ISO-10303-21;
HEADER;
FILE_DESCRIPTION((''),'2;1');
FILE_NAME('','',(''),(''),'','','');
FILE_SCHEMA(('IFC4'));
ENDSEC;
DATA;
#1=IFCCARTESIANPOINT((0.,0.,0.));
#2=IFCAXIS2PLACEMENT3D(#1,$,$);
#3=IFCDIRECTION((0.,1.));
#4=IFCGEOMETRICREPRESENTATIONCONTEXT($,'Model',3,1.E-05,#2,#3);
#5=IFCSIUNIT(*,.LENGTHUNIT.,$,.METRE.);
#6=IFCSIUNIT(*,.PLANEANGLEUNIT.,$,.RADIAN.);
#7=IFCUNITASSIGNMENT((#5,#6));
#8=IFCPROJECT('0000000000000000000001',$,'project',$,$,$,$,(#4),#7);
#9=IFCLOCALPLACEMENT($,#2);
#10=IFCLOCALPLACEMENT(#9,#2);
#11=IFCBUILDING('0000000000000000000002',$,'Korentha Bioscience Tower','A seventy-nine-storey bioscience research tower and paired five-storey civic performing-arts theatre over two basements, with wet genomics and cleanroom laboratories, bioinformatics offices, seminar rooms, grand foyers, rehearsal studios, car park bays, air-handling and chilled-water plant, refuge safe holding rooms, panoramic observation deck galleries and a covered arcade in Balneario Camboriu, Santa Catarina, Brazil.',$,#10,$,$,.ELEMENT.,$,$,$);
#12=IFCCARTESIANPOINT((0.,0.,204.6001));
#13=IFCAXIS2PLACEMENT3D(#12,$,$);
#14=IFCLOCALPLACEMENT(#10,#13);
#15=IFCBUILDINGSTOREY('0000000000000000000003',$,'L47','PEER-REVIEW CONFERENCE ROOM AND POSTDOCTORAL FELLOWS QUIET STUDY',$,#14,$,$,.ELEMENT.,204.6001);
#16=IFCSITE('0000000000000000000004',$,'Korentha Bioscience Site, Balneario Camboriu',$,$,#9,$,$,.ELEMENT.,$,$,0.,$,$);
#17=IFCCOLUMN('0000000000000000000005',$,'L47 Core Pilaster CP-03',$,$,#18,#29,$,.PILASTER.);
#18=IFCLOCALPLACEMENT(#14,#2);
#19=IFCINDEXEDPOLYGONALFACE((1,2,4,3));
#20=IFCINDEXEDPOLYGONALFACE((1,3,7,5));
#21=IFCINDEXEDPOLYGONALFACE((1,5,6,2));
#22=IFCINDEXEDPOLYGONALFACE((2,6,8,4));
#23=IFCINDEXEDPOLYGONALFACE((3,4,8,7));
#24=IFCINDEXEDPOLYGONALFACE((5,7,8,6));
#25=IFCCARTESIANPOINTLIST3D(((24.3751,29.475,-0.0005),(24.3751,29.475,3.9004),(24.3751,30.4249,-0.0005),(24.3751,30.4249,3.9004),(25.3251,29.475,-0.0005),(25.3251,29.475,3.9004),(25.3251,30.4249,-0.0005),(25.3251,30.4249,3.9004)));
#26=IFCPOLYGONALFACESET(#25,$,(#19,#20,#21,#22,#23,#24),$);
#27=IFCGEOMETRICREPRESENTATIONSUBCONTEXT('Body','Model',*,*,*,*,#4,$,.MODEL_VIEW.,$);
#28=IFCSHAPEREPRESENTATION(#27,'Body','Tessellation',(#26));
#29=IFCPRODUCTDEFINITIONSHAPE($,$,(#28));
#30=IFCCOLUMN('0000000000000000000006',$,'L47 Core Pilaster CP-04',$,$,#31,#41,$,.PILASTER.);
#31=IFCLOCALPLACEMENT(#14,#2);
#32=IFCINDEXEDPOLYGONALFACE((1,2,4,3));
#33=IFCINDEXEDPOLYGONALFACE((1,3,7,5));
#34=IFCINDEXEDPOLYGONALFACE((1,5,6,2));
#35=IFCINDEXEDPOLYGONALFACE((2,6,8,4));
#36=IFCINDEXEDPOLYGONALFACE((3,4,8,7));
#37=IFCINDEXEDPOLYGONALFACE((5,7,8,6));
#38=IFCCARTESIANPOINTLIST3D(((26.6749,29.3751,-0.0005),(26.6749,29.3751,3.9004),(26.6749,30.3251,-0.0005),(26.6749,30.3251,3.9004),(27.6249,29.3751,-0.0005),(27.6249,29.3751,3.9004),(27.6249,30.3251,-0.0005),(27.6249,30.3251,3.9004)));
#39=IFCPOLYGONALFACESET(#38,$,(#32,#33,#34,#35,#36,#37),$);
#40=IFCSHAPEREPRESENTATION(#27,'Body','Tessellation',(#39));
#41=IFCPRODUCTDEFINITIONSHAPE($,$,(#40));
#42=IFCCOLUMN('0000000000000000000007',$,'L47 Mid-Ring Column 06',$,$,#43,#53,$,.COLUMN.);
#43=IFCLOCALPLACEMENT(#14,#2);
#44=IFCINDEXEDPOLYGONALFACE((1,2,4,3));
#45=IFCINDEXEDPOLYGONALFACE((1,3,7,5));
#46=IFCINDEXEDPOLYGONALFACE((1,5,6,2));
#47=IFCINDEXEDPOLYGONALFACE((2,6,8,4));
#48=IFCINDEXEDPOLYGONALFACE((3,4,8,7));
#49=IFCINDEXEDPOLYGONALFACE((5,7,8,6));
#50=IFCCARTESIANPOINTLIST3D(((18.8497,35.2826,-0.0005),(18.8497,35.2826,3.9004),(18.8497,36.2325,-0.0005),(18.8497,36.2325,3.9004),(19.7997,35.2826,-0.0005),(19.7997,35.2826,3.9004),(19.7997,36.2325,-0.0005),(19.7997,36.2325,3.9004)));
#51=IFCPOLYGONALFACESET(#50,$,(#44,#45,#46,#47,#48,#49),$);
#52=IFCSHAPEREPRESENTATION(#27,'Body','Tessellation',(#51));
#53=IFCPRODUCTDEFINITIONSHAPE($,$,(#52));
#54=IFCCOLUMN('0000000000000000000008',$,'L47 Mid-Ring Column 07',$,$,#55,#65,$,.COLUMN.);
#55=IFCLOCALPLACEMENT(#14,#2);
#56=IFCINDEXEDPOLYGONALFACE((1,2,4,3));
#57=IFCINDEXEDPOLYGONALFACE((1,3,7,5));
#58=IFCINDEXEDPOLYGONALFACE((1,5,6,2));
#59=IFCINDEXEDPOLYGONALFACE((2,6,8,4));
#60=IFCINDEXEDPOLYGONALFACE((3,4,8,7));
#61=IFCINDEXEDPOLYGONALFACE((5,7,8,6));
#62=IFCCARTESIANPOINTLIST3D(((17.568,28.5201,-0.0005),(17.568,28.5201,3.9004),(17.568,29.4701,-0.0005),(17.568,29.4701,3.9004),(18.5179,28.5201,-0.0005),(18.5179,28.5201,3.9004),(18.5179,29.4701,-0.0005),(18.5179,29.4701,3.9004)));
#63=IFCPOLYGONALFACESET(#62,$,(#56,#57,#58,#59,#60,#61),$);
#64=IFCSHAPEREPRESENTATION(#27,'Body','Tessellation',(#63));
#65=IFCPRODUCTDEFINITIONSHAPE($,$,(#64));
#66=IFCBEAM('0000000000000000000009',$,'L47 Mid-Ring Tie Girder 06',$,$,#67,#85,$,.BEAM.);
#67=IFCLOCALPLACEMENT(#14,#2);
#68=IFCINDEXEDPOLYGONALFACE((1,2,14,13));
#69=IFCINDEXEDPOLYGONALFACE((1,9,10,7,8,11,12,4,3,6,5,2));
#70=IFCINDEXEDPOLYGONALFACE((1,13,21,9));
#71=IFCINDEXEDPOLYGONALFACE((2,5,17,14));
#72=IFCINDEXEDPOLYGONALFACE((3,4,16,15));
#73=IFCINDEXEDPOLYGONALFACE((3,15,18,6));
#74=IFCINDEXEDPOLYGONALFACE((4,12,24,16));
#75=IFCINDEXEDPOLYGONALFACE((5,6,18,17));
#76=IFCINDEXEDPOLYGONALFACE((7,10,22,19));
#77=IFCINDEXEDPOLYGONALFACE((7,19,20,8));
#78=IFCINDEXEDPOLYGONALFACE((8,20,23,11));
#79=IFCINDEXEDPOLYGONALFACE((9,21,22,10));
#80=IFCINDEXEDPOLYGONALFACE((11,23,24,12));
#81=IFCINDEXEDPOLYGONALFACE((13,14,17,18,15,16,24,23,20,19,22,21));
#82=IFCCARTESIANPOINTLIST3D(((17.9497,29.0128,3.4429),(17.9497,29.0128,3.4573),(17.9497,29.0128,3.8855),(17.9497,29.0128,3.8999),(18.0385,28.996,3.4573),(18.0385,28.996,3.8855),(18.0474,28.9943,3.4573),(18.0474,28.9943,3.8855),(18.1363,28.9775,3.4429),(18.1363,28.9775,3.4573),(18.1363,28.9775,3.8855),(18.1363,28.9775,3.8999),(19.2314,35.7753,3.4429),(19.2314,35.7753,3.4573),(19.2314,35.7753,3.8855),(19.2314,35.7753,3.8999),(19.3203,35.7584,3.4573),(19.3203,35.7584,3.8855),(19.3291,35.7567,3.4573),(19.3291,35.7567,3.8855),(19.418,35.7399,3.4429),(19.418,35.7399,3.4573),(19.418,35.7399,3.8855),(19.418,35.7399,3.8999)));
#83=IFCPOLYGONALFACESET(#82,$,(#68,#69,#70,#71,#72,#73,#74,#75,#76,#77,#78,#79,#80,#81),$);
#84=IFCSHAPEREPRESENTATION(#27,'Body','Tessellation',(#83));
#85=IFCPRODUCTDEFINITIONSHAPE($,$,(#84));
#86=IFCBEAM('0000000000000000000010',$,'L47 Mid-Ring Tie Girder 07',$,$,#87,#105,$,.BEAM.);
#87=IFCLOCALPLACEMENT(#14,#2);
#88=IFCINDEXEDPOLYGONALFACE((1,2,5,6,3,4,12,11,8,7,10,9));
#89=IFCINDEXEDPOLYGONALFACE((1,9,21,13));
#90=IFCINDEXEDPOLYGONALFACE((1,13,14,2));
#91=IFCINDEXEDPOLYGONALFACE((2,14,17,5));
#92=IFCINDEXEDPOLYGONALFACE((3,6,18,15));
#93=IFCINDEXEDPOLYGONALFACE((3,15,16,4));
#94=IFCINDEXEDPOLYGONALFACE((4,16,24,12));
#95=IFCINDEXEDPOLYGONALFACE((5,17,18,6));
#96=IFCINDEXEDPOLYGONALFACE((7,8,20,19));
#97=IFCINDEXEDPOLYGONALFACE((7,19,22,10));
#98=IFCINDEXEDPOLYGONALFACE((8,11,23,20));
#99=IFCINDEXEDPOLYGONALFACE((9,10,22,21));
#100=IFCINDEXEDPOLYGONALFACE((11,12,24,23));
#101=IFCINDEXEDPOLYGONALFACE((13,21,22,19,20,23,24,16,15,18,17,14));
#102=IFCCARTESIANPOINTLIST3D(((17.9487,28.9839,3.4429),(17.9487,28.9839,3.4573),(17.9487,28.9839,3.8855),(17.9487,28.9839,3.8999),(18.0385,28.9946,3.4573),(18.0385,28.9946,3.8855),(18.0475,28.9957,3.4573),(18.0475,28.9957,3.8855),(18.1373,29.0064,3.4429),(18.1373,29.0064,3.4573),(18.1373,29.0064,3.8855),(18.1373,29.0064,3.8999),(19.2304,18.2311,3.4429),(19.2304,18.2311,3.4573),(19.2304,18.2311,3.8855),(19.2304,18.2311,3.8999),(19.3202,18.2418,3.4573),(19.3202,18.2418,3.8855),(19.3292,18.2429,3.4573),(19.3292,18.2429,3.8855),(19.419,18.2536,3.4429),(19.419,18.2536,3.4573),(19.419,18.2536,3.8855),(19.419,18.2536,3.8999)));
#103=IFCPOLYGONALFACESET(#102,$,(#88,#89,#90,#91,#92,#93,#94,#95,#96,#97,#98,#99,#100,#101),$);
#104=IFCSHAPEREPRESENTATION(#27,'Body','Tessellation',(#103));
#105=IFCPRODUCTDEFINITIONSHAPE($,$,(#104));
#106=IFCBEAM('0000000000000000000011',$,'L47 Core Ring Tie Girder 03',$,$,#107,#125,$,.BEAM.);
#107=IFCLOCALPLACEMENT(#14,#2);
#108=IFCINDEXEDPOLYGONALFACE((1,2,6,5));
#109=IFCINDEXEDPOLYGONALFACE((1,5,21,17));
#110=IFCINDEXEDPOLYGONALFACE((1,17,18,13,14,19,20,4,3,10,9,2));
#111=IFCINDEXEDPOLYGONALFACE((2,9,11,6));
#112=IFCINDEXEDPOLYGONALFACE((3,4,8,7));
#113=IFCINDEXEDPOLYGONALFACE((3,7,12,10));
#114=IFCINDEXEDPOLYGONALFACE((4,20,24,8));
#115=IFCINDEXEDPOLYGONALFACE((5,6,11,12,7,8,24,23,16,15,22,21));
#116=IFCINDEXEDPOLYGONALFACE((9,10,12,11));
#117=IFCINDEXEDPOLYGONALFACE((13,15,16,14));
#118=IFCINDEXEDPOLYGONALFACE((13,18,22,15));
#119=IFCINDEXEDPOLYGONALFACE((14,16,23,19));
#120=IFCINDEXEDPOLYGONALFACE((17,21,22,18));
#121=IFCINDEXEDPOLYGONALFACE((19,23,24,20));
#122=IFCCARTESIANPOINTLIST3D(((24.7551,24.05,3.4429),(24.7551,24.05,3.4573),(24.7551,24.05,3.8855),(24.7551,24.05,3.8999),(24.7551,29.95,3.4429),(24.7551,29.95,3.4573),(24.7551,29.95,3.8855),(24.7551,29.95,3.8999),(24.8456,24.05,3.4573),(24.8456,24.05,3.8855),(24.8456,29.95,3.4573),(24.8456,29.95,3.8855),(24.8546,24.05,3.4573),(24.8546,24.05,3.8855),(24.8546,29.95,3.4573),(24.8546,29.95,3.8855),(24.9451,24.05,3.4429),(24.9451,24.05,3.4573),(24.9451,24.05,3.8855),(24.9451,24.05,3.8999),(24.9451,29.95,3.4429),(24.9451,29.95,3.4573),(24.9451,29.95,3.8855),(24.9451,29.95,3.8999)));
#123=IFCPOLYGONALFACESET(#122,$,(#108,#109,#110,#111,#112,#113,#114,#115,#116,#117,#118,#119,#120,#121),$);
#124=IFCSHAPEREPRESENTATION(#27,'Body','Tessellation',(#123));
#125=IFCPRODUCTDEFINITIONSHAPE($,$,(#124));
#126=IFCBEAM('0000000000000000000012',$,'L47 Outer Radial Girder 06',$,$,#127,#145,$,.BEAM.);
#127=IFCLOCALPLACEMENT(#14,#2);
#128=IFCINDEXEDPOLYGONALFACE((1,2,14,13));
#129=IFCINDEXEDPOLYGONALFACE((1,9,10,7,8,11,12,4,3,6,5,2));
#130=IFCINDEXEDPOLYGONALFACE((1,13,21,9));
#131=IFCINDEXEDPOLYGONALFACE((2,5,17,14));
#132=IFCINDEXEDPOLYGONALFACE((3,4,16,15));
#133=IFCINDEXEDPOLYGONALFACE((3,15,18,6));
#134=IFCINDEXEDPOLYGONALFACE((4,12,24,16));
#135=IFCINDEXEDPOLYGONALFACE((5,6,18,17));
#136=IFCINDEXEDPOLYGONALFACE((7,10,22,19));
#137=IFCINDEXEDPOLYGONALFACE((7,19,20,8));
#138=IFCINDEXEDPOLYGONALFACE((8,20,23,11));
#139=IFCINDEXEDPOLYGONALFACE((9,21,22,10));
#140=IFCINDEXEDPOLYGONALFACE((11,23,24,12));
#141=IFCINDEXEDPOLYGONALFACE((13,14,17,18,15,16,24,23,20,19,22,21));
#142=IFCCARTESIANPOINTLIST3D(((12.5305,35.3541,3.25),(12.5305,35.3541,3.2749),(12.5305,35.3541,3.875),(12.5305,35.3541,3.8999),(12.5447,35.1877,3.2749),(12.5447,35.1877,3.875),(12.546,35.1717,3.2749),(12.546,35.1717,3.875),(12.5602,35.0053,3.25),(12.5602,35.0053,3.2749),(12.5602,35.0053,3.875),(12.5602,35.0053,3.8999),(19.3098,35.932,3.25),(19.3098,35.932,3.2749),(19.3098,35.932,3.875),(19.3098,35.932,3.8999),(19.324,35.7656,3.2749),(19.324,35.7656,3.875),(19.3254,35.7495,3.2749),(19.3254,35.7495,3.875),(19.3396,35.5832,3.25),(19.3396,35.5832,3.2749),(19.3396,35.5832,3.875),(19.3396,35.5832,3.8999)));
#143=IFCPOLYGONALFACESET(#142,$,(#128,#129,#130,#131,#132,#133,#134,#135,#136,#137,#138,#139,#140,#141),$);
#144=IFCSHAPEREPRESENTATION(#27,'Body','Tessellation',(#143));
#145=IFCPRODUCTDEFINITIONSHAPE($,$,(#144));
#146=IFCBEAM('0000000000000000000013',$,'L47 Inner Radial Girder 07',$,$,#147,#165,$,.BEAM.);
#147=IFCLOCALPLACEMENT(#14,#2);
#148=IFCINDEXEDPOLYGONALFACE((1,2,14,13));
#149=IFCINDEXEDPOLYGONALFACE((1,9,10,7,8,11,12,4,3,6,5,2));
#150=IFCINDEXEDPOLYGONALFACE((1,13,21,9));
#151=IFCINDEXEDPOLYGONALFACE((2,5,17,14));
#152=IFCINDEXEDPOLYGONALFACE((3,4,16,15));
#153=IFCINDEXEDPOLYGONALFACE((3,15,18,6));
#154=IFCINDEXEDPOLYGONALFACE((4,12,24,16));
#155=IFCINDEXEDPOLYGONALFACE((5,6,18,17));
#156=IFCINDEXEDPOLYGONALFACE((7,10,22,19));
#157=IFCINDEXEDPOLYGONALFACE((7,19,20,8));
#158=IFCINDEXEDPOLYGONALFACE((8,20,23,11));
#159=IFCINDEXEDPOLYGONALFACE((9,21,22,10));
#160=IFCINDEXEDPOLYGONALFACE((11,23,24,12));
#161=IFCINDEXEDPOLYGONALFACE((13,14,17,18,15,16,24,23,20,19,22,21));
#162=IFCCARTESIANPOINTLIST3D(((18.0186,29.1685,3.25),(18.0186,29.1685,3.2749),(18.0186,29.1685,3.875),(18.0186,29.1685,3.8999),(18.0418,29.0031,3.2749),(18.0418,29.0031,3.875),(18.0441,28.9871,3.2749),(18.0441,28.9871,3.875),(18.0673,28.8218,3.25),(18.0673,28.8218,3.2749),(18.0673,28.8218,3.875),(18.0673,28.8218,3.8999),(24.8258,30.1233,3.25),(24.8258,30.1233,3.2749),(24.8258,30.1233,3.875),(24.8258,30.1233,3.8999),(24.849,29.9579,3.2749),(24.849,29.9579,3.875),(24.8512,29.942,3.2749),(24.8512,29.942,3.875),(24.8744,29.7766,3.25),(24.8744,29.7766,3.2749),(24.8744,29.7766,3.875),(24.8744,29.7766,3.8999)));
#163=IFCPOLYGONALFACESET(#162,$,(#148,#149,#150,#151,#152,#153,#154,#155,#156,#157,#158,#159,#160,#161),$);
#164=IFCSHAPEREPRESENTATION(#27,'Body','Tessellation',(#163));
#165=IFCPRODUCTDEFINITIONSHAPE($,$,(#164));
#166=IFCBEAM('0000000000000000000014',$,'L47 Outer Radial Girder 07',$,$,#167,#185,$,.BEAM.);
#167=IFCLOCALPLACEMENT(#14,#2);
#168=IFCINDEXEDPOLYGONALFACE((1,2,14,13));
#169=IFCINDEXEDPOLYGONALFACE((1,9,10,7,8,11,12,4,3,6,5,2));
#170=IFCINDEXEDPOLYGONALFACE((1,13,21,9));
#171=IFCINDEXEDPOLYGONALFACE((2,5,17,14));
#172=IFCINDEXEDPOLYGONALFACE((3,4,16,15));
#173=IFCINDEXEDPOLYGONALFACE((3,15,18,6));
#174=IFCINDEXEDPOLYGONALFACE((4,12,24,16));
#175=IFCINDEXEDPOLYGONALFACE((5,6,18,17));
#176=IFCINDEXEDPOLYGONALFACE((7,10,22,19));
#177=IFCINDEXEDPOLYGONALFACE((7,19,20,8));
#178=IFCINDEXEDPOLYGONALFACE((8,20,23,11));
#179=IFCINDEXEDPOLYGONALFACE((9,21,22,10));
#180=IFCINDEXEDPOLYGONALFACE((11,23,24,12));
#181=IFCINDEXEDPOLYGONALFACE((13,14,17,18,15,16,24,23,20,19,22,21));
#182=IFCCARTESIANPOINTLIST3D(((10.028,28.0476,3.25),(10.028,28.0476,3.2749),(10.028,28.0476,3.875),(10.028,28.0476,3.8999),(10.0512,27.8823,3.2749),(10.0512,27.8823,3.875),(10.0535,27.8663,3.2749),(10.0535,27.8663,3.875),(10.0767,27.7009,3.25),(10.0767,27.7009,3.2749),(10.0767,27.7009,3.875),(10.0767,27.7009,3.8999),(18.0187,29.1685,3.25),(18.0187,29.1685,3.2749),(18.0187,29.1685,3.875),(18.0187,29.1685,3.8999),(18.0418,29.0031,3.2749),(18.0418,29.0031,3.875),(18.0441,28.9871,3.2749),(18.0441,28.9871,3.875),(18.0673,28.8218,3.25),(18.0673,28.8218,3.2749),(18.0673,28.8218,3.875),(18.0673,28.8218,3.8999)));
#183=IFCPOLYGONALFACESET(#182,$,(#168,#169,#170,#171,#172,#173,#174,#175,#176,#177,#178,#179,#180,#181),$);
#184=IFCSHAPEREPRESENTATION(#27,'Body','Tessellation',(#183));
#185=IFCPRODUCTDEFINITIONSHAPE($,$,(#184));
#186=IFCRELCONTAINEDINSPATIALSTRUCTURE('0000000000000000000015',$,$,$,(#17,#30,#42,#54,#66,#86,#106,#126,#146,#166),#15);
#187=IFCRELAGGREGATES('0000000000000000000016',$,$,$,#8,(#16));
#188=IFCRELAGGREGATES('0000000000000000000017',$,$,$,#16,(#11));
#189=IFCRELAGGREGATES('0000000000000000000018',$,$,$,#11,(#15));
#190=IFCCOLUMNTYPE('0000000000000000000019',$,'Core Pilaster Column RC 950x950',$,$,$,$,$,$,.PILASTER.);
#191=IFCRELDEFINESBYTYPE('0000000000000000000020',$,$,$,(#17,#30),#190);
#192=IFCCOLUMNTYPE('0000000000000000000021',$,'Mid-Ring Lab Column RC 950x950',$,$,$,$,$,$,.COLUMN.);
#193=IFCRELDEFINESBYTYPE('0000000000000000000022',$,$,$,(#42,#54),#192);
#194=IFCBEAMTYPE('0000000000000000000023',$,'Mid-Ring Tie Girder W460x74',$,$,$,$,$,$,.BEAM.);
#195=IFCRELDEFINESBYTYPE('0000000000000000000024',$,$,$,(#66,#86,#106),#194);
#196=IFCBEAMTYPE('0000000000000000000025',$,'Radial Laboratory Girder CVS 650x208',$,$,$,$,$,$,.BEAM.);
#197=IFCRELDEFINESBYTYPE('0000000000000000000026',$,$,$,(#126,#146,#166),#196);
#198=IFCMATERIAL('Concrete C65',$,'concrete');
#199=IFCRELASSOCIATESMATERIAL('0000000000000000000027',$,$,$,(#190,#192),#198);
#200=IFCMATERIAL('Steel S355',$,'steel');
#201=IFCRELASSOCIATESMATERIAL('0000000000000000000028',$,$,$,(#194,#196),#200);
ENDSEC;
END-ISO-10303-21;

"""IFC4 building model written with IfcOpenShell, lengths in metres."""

from ifc_helpers import new_model, si_unit, direction, frame, origin, origin_2d, place, context, subcontext, project, spatial, rectangle, i_section, extrude, material, material_profile, profile_set, type_object, element, save


model = new_model("IFC4")

# Units and contexts
model_context = context("Model", 3, precision=1e-05, world=origin(), true_north=direction((0.0, 1.0)))
body_context = subcontext(model_context, "Body", "Model", "MODEL_VIEW")
ifc_project = project(units=[si_unit("LENGTHUNIT", "METRE"), si_unit("PLANEANGLEUNIT", "RADIAN")], contexts=[model_context])

# Site, building, storey
site_placement = place(None, origin())
site = spatial("IfcSite", under=ifc_project, at=site_placement, Name="Korentha Bioscience Site, Balneario Camboriu", CompositionType="ELEMENT", RefElevation=0.0)
building_placement = place(site_placement, origin())
building = spatial("IfcBuilding", under=site, at=building_placement, Name="Korentha Bioscience Tower", Description="A seventy-nine-storey bioscience research tower and paired five-storey civic performing-arts theatre over two basements, with wet genomics and cleanroom laboratories, bioinformatics offices, seminar rooms, grand foyers, rehearsal studios, car park bays, air-handling and chilled-water plant, refuge safe holding rooms, panoramic observation deck galleries and a covered arcade in Balneario Camboriu, Santa Catarina, Brazil.", CompositionType="ELEMENT")
storey_placement = place(building_placement, frame((0.0, 0.0, 204.6001)))
storey = spatial("IfcBuildingStorey", under=building, at=storey_placement, Name="L47", Description="PEER-REVIEW CONFERENCE ROOM AND POSTDOCTORAL FELLOWS QUIET STUDY", CompositionType="ELEMENT", Elevation=204.6001)

# Columns
ifc_material_1 = material(Name="Concrete C65", Category="concrete")
ifc_material_profile_1 = material_profile(ifc_material_1, rectangle(XDim=0.95, YDim=0.95, at=origin_2d()), Name="Concrete C65")
ifc_profile_set_1 = profile_set([ifc_material_profile_1], Name="Concrete C65 (COL-CP09)")
column_type_1 = type_object("IfcColumnType", Name="Core Pilaster Column RC 950x950", PredefinedType="PILASTER", material=ifc_profile_set_1)
for number, where, z_axis, x_axis, name in (
    (1, (24.8501, 29.95, -0.0005), (0.0, 0.0, 1.0), (1.0, 0.0, 0.0), "L47 Core Pilaster CP-03"),
    (2, (27.1499, 29.8501, -0.0005), (0.0, 0.0, 1.0), (1.0, 0.0, 0.0), "L47 Core Pilaster CP-04"),
):
    element("IfcColumn", number, at=place(storey_placement, frame(where, z_axis=z_axis, x_axis=x_axis)), inside=storey, type_object=column_type_1, Name=name, PredefinedType="PILASTER", context=body_context, shape_type="SweptSolid", body=[
        extrude(rectangle(XDim=0.95, YDim=0.95, at=origin_2d()), origin(), (0.0, 0.0, 1.0), 3.9009),
    ])
ifc_material_profile_2 = material_profile(ifc_material_1, rectangle(XDim=0.95, YDim=0.95, at=origin_2d()), Name="Concrete C65")
ifc_profile_set_2 = profile_set([ifc_material_profile_2], Name="Concrete C65 (COL-MR09)")
column_type_2 = type_object("IfcColumnType", Name="Mid-Ring Lab Column RC 950x950", PredefinedType="COLUMN", material=ifc_profile_set_2)
for number, where, z_axis, x_axis, name in (
    (3, (19.3247, 35.7576, -0.0005), (0.0, 0.0, 1.0), (1.0, 0.0, 0.0), "L47 Mid-Ring Column 06"),
    (4, (18.043, 28.9951, -0.0005), (0.0, 0.0, 1.0), (1.0, 0.0, 0.0), "L47 Mid-Ring Column 07"),
):
    element("IfcColumn", number, at=place(storey_placement, frame(where, z_axis=z_axis, x_axis=x_axis)), inside=storey, type_object=column_type_2, Name=name, PredefinedType="COLUMN", context=body_context, shape_type="SweptSolid", body=[
        extrude(rectangle(XDim=0.95, YDim=0.95, at=origin_2d()), origin(), (0.0, 0.0, 1.0), 3.9009),
    ])

# Beams
ifc_material_2 = material(Name="Steel S355", Category="steel")
ifc_material_profile_3 = material_profile(ifc_material_2, i_section(OverallWidth=0.1899, OverallDepth=0.457, WebThickness=0.009, FlangeThickness=0.0144, at=origin_2d()), Name="Steel S355")
ifc_profile_set_3 = profile_set([ifc_material_profile_3], Name="Steel S355 (MB-460)")
beam_type_1 = type_object("IfcBeamType", Name="Mid-Ring Tie Girder W460x74", PredefinedType="BEAM", material=ifc_profile_set_3)
beam_1_placement = place(storey_placement, frame((19.3247, 35.7576, 3.6714), z_axis=(-0.186222, -0.982508, 0.0), x_axis=(0.982508, -0.186222, 0.0)))
element("IfcBeam", 5, at=beam_1_placement, inside=storey, type_object=beam_type_1, Name="L47 Mid-Ring Tie Girder 06", PredefinedType="BEAM", context=body_context, shape_type="SweptSolid", body=[
    extrude(i_section(OverallWidth=0.1899, OverallDepth=0.457, WebThickness=0.009, FlangeThickness=0.0144, at=origin_2d()), origin(), (0.0, 0.0, 1.0), 6.8828),
])
beam_2_placement = place(storey_placement, frame((18.043, 28.9951, 3.6714), z_axis=(0.118364, -0.99297, 0.0), x_axis=(0.99297, 0.118364, 0.0)))
element("IfcBeam", 6, at=beam_2_placement, inside=storey, type_object=beam_type_1, Name="L47 Mid-Ring Tie Girder 07", PredefinedType="BEAM", context=body_context, shape_type="SweptSolid", body=[
    extrude(i_section(OverallWidth=0.1899, OverallDepth=0.457, WebThickness=0.009, FlangeThickness=0.0144, at=origin_2d()), origin(), (0.0, 0.0, 1.0), 10.8289),
])
beam_3_placement = place(storey_placement, frame((24.8501, 29.95, 3.6714), z_axis=(0.0, -1.0, 0.0), x_axis=(1.0, 0.0, 0.0)))
element("IfcBeam", 7, at=beam_3_placement, inside=storey, type_object=beam_type_1, Name="L47 Core Ring Tie Girder 03", PredefinedType="BEAM", context=body_context, shape_type="SweptSolid", body=[
    extrude(i_section(OverallWidth=0.1899, OverallDepth=0.457, WebThickness=0.009, FlangeThickness=0.0144, at=origin_2d()), origin(), (0.0, 0.0, 1.0), 5.8999),
])
ifc_material_profile_4 = material_profile(ifc_material_2, i_section(OverallWidth=0.3501, OverallDepth=0.6499, WebThickness=0.0161, FlangeThickness=0.0249, at=origin_2d()), Name="Steel S355")
ifc_profile_set_4 = profile_set([ifc_material_profile_4], Name="Steel S355 (RB-650)")
beam_type_2 = type_object("IfcBeamType", Name="Radial Laboratory Girder CVS 650x208", PredefinedType="BEAM", material=ifc_profile_set_4)
beam_4_placement = place(storey_placement, frame((19.3247, 35.7576, 3.575), z_axis=(-0.996387, -0.084934, 0.0), x_axis=(0.084934, -0.996387, 0.0)))
element("IfcBeam", 8, at=beam_4_placement, inside=storey, type_object=beam_type_2, Name="L47 Outer Radial Girder 06", PredefinedType="BEAM", context=body_context, shape_type="SweptSolid", body=[
    extrude(i_section(OverallWidth=0.3501, OverallDepth=0.6499, WebThickness=0.0161, FlangeThickness=0.0249, at=origin_2d()), origin(), (0.0, 0.0, 1.0), 6.804),
])
beam_5_placement = place(storey_placement, frame((24.8501, 29.95, 3.575), z_axis=(-0.990305, -0.13891, 0.0), x_axis=(0.13891, -0.990305, 0.0)))
element("IfcBeam", 9, at=beam_5_placement, inside=storey, type_object=beam_type_2, Name="L47 Inner Radial Girder 07", PredefinedType="BEAM", context=body_context, shape_type="SweptSolid", body=[
    extrude(i_section(OverallWidth=0.3501, OverallDepth=0.6499, WebThickness=0.0161, FlangeThickness=0.0249, at=origin_2d()), origin(), (0.0, 0.0, 1.0), 6.8738),
])
beam_6_placement = place(storey_placement, frame((18.043, 28.9951, 3.575), z_axis=(-0.990305, -0.138909, 0.0), x_axis=(0.138909, -0.990305, 0.0)))
element("IfcBeam", 10, at=beam_6_placement, inside=storey, type_object=beam_type_2, Name="L47 Outer Radial Girder 07", PredefinedType="BEAM", context=body_context, shape_type="SweptSolid", body=[
    extrude(i_section(OverallWidth=0.3501, OverallDepth=0.6499, WebThickness=0.0161, FlangeThickness=0.0249, at=origin_2d()), origin(), (0.0, 0.0, 1.0), 8.0688),
])

save(model, "model.ifc")
